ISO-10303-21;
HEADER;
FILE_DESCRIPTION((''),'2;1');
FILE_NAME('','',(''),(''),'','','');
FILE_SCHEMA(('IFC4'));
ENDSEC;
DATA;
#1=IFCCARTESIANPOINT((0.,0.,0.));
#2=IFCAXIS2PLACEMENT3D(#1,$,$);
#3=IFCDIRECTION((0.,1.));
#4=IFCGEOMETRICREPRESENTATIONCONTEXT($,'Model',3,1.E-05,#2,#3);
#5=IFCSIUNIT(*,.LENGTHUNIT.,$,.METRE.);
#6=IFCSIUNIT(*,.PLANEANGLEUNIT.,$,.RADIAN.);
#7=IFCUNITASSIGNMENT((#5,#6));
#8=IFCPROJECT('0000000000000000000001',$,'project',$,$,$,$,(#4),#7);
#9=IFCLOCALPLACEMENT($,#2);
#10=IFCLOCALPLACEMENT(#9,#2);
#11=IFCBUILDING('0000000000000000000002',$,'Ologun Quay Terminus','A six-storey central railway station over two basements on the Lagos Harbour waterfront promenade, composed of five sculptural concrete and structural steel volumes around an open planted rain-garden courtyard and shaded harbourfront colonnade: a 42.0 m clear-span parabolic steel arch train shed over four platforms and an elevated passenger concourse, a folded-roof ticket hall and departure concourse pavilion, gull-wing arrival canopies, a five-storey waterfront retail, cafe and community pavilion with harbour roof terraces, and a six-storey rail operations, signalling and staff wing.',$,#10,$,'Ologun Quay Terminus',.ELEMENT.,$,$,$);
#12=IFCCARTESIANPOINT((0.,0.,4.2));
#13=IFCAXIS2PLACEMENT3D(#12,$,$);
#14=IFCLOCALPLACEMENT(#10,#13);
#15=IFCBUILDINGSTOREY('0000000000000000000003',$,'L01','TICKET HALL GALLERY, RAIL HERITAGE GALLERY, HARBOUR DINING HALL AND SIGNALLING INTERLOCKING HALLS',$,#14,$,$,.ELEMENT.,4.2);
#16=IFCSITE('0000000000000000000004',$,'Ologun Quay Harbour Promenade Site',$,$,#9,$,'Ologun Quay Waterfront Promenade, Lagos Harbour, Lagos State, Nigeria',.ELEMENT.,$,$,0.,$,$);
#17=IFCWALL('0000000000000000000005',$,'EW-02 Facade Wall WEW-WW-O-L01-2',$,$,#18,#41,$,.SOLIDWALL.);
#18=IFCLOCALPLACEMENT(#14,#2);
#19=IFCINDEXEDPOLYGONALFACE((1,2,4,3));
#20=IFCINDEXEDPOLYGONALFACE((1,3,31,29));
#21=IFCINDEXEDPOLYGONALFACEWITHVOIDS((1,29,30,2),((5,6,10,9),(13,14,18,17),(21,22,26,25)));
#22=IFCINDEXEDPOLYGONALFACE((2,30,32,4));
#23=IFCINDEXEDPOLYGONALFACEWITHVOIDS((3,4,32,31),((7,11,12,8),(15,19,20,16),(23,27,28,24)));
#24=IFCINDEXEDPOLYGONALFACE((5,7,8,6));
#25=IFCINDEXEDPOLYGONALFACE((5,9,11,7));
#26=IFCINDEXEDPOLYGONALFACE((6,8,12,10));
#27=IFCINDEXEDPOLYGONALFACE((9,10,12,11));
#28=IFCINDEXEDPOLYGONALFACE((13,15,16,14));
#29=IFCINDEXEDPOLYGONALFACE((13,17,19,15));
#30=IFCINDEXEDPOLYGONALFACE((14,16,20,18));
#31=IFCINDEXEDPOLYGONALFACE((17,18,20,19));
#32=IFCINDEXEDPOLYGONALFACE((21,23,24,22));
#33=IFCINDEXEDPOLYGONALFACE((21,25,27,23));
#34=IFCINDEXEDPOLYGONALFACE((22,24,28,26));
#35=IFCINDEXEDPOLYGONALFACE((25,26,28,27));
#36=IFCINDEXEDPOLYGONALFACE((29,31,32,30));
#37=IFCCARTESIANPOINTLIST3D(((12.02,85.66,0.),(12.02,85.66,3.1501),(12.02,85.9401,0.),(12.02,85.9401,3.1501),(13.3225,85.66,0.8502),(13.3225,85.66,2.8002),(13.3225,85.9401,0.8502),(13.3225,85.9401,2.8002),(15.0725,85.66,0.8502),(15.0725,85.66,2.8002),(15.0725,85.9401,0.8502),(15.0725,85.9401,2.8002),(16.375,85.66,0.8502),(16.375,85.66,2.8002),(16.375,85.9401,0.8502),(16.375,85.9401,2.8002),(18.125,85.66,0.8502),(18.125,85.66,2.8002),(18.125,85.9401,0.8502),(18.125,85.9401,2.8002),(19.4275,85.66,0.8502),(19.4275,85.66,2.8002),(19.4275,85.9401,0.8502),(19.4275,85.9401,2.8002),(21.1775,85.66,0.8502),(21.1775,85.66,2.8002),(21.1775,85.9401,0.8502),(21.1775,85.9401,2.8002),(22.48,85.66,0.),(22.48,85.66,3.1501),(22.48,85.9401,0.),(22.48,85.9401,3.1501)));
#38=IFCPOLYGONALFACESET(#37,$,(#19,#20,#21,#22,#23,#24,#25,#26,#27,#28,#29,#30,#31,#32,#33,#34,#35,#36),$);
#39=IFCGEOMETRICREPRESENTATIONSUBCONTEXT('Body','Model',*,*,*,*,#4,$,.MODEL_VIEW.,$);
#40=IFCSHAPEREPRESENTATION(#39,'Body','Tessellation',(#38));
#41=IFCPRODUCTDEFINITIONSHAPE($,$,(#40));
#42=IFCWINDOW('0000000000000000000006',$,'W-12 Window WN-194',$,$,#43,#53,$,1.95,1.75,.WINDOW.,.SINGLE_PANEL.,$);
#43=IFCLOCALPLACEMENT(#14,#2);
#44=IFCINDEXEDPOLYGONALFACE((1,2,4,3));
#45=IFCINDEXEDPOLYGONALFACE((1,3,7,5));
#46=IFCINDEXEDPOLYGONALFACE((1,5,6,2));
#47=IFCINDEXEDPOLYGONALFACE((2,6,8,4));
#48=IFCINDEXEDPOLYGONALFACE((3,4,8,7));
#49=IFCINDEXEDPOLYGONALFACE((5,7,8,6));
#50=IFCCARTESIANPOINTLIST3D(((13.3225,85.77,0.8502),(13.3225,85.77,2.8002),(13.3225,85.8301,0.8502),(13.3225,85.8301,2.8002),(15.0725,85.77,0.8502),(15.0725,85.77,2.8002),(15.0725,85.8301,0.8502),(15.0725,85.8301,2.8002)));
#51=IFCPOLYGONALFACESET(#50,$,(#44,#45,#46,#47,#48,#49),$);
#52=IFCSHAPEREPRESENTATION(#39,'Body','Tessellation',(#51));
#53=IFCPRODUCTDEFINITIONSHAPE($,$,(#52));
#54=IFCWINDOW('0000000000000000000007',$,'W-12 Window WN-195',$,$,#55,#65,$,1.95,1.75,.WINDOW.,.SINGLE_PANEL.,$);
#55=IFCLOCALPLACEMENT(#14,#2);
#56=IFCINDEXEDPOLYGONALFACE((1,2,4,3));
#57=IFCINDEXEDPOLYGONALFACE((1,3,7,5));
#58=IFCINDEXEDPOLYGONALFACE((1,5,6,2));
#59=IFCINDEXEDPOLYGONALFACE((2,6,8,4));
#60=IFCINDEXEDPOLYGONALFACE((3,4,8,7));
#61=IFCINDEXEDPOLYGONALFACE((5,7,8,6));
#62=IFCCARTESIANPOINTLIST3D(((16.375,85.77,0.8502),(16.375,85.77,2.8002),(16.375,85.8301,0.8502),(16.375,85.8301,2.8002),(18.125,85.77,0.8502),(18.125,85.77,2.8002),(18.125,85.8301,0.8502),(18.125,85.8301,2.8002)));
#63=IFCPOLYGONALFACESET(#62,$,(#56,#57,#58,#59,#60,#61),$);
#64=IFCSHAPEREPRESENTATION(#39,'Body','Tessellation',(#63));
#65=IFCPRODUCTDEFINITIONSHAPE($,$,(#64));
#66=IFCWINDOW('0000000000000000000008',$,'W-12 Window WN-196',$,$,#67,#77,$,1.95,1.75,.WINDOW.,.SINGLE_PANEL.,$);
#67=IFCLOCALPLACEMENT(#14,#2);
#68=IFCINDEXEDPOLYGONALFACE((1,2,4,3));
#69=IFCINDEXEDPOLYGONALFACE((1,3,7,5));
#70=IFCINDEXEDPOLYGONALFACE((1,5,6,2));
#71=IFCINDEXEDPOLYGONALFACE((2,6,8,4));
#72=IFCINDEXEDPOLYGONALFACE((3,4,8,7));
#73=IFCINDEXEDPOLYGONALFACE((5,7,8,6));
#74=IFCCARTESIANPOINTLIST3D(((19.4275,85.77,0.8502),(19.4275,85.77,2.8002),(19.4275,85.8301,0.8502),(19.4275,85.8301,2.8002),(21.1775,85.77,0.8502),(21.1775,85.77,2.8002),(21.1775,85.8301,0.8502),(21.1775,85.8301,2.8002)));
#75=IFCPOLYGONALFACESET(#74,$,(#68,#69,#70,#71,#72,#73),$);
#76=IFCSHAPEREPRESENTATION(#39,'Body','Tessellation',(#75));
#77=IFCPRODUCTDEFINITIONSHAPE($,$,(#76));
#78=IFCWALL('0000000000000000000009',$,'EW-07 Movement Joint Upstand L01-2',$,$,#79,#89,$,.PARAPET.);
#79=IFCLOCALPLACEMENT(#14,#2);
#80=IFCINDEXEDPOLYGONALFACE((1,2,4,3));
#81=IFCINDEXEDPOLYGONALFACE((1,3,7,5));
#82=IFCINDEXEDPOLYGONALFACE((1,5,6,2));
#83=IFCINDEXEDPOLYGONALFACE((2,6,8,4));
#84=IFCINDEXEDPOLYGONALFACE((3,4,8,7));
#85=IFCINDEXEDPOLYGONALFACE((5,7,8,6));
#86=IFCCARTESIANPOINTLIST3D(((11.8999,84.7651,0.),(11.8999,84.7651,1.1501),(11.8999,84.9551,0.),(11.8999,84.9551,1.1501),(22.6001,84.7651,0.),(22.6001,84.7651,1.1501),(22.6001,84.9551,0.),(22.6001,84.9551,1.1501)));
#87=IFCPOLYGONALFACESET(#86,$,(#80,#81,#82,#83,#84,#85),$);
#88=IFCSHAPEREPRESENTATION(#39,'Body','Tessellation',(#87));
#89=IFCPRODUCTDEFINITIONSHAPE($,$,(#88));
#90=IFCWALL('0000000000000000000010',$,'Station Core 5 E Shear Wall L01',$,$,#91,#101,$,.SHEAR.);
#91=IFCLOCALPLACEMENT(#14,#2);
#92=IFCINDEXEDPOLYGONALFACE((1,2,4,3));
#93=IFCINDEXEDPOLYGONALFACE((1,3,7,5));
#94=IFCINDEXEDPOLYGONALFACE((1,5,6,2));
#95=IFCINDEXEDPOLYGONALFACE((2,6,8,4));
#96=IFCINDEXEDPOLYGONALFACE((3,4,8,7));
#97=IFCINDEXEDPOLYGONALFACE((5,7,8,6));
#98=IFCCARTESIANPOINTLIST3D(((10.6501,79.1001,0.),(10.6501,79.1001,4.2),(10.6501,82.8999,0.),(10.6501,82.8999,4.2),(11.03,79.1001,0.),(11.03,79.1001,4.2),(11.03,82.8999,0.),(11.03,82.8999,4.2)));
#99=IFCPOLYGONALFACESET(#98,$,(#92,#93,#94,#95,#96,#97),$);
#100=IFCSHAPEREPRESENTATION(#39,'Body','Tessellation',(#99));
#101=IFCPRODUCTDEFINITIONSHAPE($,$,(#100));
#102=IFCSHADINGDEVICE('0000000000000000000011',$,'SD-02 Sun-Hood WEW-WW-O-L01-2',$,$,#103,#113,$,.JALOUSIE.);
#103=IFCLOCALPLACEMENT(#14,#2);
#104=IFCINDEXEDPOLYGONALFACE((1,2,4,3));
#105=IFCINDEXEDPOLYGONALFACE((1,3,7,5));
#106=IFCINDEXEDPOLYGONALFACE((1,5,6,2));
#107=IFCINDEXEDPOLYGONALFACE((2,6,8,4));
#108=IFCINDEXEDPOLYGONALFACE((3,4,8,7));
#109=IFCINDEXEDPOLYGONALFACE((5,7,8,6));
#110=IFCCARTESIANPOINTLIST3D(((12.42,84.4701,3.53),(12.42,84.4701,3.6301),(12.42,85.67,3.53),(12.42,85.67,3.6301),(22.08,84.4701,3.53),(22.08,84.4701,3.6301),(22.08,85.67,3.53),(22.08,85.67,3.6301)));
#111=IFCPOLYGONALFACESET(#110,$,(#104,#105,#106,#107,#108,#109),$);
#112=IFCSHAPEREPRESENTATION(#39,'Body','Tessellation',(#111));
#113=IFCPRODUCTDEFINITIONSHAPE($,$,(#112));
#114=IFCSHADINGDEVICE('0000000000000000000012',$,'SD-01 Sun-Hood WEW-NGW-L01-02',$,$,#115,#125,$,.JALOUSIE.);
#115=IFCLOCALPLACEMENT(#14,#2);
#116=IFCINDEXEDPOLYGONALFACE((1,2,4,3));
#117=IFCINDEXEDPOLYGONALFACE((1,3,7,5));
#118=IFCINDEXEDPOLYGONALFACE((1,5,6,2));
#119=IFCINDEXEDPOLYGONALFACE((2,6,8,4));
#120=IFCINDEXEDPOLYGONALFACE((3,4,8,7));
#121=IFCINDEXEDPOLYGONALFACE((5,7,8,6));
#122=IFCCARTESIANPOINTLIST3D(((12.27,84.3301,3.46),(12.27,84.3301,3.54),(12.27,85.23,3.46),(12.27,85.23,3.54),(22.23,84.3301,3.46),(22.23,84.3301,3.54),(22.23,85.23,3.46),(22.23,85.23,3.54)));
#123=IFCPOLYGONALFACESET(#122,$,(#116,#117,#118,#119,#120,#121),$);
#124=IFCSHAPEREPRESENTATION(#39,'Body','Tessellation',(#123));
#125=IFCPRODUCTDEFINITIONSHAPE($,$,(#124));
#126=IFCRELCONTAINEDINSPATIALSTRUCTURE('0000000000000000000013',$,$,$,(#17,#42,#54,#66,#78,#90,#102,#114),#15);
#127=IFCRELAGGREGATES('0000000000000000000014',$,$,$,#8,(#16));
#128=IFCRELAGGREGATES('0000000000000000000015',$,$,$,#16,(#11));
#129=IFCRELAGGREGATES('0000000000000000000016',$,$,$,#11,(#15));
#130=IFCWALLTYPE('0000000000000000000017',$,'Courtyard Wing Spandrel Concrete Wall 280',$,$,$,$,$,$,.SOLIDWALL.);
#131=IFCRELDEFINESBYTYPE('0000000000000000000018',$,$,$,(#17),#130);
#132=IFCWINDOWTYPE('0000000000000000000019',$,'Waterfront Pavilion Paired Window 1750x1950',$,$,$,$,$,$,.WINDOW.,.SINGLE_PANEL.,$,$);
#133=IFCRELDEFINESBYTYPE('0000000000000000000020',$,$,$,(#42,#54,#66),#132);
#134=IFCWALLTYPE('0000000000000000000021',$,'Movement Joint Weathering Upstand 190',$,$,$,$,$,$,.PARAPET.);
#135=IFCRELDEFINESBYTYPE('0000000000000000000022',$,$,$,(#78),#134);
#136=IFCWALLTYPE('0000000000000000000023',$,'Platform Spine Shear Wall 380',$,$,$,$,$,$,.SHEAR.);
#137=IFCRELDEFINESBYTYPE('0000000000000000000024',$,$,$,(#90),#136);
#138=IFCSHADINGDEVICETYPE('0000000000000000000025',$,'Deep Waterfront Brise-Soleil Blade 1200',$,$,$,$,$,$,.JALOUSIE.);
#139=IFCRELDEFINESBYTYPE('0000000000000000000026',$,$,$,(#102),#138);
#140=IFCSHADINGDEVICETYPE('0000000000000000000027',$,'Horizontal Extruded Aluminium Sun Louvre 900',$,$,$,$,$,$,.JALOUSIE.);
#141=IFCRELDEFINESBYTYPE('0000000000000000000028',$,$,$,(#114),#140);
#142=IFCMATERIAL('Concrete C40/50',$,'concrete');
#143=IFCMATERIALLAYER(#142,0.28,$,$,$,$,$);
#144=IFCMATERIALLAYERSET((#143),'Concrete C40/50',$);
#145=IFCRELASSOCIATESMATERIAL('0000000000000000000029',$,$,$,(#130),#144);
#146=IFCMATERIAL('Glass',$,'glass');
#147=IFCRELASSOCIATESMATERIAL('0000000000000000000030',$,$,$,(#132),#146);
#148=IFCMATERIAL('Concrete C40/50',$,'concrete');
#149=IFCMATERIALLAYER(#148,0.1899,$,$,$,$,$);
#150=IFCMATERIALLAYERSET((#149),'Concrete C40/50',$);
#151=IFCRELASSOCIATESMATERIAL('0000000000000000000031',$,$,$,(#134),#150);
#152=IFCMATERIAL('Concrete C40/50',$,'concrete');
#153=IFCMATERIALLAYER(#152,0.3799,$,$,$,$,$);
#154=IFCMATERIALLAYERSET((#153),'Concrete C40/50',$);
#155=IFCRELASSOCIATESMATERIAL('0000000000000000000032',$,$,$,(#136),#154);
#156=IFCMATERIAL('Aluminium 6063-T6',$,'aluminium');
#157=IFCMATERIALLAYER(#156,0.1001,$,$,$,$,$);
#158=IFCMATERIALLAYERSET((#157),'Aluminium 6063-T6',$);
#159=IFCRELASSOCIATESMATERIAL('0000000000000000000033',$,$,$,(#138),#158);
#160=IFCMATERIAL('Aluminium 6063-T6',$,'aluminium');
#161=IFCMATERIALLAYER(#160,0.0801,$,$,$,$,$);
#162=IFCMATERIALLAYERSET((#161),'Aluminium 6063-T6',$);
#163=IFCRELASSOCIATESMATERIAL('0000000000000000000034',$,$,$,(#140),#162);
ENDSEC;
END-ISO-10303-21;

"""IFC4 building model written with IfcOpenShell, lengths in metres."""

from ifc_helpers import new_model, si_unit, direction, frame, frame_2d, origin, origin_2d, place, context, subcontext, project, spatial, rectangle, extrude, material, layer, layer_set, type_object, element, fill, save


model = new_model("IFC4")

# Units and contexts
model_context = context("Model", 3, precision=1e-05, world=origin(), true_north=direction((0.0, 1.0)))
body_context = subcontext(model_context, "Body", "Model", "MODEL_VIEW")
ifc_project = project(units=[si_unit("LENGTHUNIT", "METRE"), si_unit("PLANEANGLEUNIT", "RADIAN")], contexts=[model_context])

# Site, building, storey
site_placement = place(None, origin())
site = spatial("IfcSite", under=ifc_project, at=site_placement, Name="Ologun Quay Harbour Promenade Site", LongName="Ologun Quay Waterfront Promenade, Lagos Harbour, Lagos State, Nigeria", CompositionType="ELEMENT", RefElevation=0.0)
building_placement = place(site_placement, origin())
building = spatial("IfcBuilding", under=site, at=building_placement, Name="Ologun Quay Terminus", Description="A six-storey central railway station over two basements on the Lagos Harbour waterfront promenade, composed of five sculptural concrete and structural steel volumes around an open planted rain-garden courtyard and shaded harbourfront colonnade: a 42.0 m clear-span parabolic steel arch train shed over four platforms and an elevated passenger concourse, a folded-roof ticket hall and departure concourse pavilion, gull-wing arrival canopies, a five-storey waterfront retail, cafe and community pavilion with harbour roof terraces, and a six-storey rail operations, signalling and staff wing.", LongName="Ologun Quay Terminus", CompositionType="ELEMENT")
storey_placement = place(building_placement, frame((0.0, 0.0, 4.2)))
storey = spatial("IfcBuildingStorey", under=building, at=storey_placement, Name="L01", Description="TICKET HALL GALLERY, RAIL HERITAGE GALLERY, HARBOUR DINING HALL AND SIGNALLING INTERLOCKING HALLS", CompositionType="ELEMENT", Elevation=4.2)

# Wall, openings, windows
ifc_material_1 = material(Name="Concrete C40/50", Category="concrete")
ifc_layer_1 = layer(ifc_material_1, 0.28)
ifc_layer_set_1 = layer_set([ifc_layer_1], Name="Concrete C40/50")
wall_type_1 = type_object("IfcWallType", Name="Courtyard Wing Spandrel Concrete Wall 280", PredefinedType="SOLIDWALL", material=ifc_layer_set_1)
wall_1_placement = place(storey_placement, frame((12.02, 85.8, 0.0), z_axis=(0.0, 0.0, 1.0), x_axis=(1.0, 0.0, 0.0)))
wall_1 = element("IfcWall", 1, at=wall_1_placement, inside=storey, type_object=wall_type_1, Name="EW-02 Facade Wall WEW-WW-O-L01-2", PredefinedType="SOLIDWALL", context=body_context, shape_type="SweptSolid", body=[
    extrude(rectangle(XDim=10.46, YDim=0.28, at=frame_2d((5.23, 0.0))), origin(), (0.0, 0.0, 1.0), 3.1501),
])
opening_1_placement = place(wall_1_placement, frame((1.3025, 0.0, 0.8501)))
opening_1 = element("IfcOpeningElement", 2, at=opening_1_placement, cuts=wall_1, PredefinedType="OPENING", context=body_context, shape_type="SweptSolid", body=[
    extrude(rectangle(XDim=1.75, YDim=1.95, at=frame_2d((0.875, 0.9751))), frame((0.0, 0.1499, 0.0), z_axis=(0.0, -1.0, 0.0), x_axis=(1.0, 0.0, 0.0)), (0.0, 0.0, 1.0), 0.3),
])
opening_2_placement = place(wall_1_placement, frame((4.355, 0.0, 0.8501)))
opening_2 = element("IfcOpeningElement", 3, at=opening_2_placement, cuts=wall_1, PredefinedType="OPENING", context=body_context, shape_type="SweptSolid", body=[
    extrude(rectangle(XDim=1.75, YDim=1.95, at=frame_2d((0.875, 0.9751))), frame((0.0, 0.1499, 0.0), z_axis=(0.0, -1.0, 0.0), x_axis=(1.0, 0.0, 0.0)), (0.0, 0.0, 1.0), 0.3),
])
opening_3_placement = place(wall_1_placement, frame((7.4075, 0.0, 0.8501)))
opening_3 = element("IfcOpeningElement", 4, at=opening_3_placement, cuts=wall_1, PredefinedType="OPENING", context=body_context, shape_type="SweptSolid", body=[
    extrude(rectangle(XDim=1.75, YDim=1.95, at=frame_2d((0.875, 0.9751))), frame((0.0, 0.1499, 0.0), z_axis=(0.0, -1.0, 0.0), x_axis=(1.0, 0.0, 0.0)), (0.0, 0.0, 1.0), 0.3),
])
ifc_material_2 = material(Name="Glass", Category="glass")
window_type_1 = type_object("IfcWindowType", Name="Waterfront Pavilion Paired Window 1750x1950", PartitioningType="SINGLE_PANEL", PredefinedType="WINDOW", material=ifc_material_2)
window_1_placement = place(opening_1_placement, origin())
window_1 = element("IfcWindow", 5, at=window_1_placement, inside=storey, type_object=window_type_1, Name="W-12 Window WN-194", OverallHeight=1.95, OverallWidth=1.75, PartitioningType="SINGLE_PANEL", PredefinedType="WINDOW", context=body_context, shape_type="SweptSolid", body=[
    extrude(rectangle(XDim=1.75, YDim=1.95, at=frame_2d((0.875, 0.9751))), frame((0.0, 0.03, 0.0), z_axis=(0.0, -1.0, 0.0), x_axis=(1.0, 0.0, 0.0)), (0.0, 0.0, 1.0), 0.0601),
])
fill(opening_1, window_1)
window_2_placement = place(opening_2_placement, origin())
window_2 = element("IfcWindow", 6, at=window_2_placement, inside=storey, type_object=window_type_1, Name="W-12 Window WN-195", OverallHeight=1.95, OverallWidth=1.75, PartitioningType="SINGLE_PANEL", PredefinedType="WINDOW", context=body_context, shape_type="SweptSolid", body=[
    extrude(rectangle(XDim=1.75, YDim=1.95, at=frame_2d((0.875, 0.9751))), frame((0.0, 0.03, 0.0), z_axis=(0.0, -1.0, 0.0), x_axis=(1.0, 0.0, 0.0)), (0.0, 0.0, 1.0), 0.0601),
])
fill(opening_2, window_2)
window_3_placement = place(opening_3_placement, origin())
window_3 = element("IfcWindow", 7, at=window_3_placement, inside=storey, type_object=window_type_1, Name="W-12 Window WN-196", OverallHeight=1.95, OverallWidth=1.75, PartitioningType="SINGLE_PANEL", PredefinedType="WINDOW", context=body_context, shape_type="SweptSolid", body=[
    extrude(rectangle(XDim=1.75, YDim=1.95, at=frame_2d((0.875, 0.9751))), frame((0.0, 0.03, 0.0), z_axis=(0.0, -1.0, 0.0), x_axis=(1.0, 0.0, 0.0)), (0.0, 0.0, 1.0), 0.0601),
])
fill(opening_3, window_3)

# Walls
ifc_material_3 = material(Name="Concrete C40/50", Category="concrete")
ifc_layer_2 = layer(ifc_material_3, 0.1899)
ifc_layer_set_2 = layer_set([ifc_layer_2], Name="Concrete C40/50")
wall_type_2 = type_object("IfcWallType", Name="Movement Joint Weathering Upstand 190", PredefinedType="PARAPET", material=ifc_layer_set_2)
wall_2_placement = place(storey_placement, frame((11.8999, 84.8601, 0.0), z_axis=(0.0, 0.0, 1.0), x_axis=(1.0, 0.0, 0.0)))
element("IfcWall", 8, at=wall_2_placement, inside=storey, type_object=wall_type_2, Name="EW-07 Movement Joint Upstand L01-2", PredefinedType="PARAPET", context=body_context, shape_type="SweptSolid", body=[
    extrude(rectangle(XDim=10.7002, YDim=0.1899, at=frame_2d((5.3501, 0.0))), origin(), (0.0, 0.0, 1.0), 1.1501),
])
ifc_material_4 = material(Name="Concrete C40/50", Category="concrete")
ifc_layer_3 = layer(ifc_material_4, 0.3799)
ifc_layer_set_3 = layer_set([ifc_layer_3], Name="Concrete C40/50")
wall_type_3 = type_object("IfcWallType", Name="Platform Spine Shear Wall 380", PredefinedType="SHEAR", material=ifc_layer_set_3)
wall_3_placement = place(storey_placement, frame((10.8401, 79.1001, 0.0), z_axis=(0.0, 0.0, 1.0), x_axis=(0.0, 1.0, 0.0)))
element("IfcWall", 9, at=wall_3_placement, inside=storey, type_object=wall_type_3, Name="Station Core 5 E Shear Wall L01", PredefinedType="SHEAR", context=body_context, shape_type="SweptSolid", body=[
    extrude(rectangle(XDim=3.7998, YDim=0.3799, at=frame_2d((1.8999, 0.0))), origin(), (0.0, 0.0, 1.0), 4.2),
])

# Shading devices
ifc_material_5 = material(Name="Aluminium 6063-T6", Category="aluminium")
ifc_layer_4 = layer(ifc_material_5, 0.1001)
ifc_layer_set_4 = layer_set([ifc_layer_4], Name="Aluminium 6063-T6")
shading_device_type_1 = type_object("IfcShadingDeviceType", Name="Deep Waterfront Brise-Soleil Blade 1200", PredefinedType="JALOUSIE", material=ifc_layer_set_4)
shading_device_1_placement = place(storey_placement, frame((17.25, 85.0701, 3.53), z_axis=(0.0, 0.0, 1.0), x_axis=(1.0, 0.0, 0.0)))
element("IfcShadingDevice", 10, at=shading_device_1_placement, inside=storey, type_object=shading_device_type_1, Name="SD-02 Sun-Hood WEW-WW-O-L01-2", PredefinedType="JALOUSIE", context=body_context, shape_type="SweptSolid", body=[
    extrude(rectangle(XDim=9.6599, YDim=1.2, at=origin_2d()), origin(), (0.0, 0.0, 1.0), 0.1001),
])
ifc_material_6 = material(Name="Aluminium 6063-T6", Category="aluminium")
ifc_layer_5 = layer(ifc_material_6, 0.0801)
ifc_layer_set_5 = layer_set([ifc_layer_5], Name="Aluminium 6063-T6")
shading_device_type_2 = type_object("IfcShadingDeviceType", Name="Horizontal Extruded Aluminium Sun Louvre 900", PredefinedType="JALOUSIE", material=ifc_layer_set_5)
shading_device_2_placement = place(storey_placement, frame((17.25, 84.78, 3.46), z_axis=(0.0, 0.0, 1.0), x_axis=(1.0, 0.0, 0.0)))
element("IfcShadingDevice", 11, at=shading_device_2_placement, inside=storey, type_object=shading_device_type_2, Name="SD-01 Sun-Hood WEW-NGW-L01-02", PredefinedType="JALOUSIE", context=body_context, shape_type="SweptSolid", body=[
    extrude(rectangle(XDim=9.96, YDim=0.8999, at=origin_2d()), origin(), (0.0, 0.0, 1.0), 0.0801),
])

save(model, "model.ifc")
